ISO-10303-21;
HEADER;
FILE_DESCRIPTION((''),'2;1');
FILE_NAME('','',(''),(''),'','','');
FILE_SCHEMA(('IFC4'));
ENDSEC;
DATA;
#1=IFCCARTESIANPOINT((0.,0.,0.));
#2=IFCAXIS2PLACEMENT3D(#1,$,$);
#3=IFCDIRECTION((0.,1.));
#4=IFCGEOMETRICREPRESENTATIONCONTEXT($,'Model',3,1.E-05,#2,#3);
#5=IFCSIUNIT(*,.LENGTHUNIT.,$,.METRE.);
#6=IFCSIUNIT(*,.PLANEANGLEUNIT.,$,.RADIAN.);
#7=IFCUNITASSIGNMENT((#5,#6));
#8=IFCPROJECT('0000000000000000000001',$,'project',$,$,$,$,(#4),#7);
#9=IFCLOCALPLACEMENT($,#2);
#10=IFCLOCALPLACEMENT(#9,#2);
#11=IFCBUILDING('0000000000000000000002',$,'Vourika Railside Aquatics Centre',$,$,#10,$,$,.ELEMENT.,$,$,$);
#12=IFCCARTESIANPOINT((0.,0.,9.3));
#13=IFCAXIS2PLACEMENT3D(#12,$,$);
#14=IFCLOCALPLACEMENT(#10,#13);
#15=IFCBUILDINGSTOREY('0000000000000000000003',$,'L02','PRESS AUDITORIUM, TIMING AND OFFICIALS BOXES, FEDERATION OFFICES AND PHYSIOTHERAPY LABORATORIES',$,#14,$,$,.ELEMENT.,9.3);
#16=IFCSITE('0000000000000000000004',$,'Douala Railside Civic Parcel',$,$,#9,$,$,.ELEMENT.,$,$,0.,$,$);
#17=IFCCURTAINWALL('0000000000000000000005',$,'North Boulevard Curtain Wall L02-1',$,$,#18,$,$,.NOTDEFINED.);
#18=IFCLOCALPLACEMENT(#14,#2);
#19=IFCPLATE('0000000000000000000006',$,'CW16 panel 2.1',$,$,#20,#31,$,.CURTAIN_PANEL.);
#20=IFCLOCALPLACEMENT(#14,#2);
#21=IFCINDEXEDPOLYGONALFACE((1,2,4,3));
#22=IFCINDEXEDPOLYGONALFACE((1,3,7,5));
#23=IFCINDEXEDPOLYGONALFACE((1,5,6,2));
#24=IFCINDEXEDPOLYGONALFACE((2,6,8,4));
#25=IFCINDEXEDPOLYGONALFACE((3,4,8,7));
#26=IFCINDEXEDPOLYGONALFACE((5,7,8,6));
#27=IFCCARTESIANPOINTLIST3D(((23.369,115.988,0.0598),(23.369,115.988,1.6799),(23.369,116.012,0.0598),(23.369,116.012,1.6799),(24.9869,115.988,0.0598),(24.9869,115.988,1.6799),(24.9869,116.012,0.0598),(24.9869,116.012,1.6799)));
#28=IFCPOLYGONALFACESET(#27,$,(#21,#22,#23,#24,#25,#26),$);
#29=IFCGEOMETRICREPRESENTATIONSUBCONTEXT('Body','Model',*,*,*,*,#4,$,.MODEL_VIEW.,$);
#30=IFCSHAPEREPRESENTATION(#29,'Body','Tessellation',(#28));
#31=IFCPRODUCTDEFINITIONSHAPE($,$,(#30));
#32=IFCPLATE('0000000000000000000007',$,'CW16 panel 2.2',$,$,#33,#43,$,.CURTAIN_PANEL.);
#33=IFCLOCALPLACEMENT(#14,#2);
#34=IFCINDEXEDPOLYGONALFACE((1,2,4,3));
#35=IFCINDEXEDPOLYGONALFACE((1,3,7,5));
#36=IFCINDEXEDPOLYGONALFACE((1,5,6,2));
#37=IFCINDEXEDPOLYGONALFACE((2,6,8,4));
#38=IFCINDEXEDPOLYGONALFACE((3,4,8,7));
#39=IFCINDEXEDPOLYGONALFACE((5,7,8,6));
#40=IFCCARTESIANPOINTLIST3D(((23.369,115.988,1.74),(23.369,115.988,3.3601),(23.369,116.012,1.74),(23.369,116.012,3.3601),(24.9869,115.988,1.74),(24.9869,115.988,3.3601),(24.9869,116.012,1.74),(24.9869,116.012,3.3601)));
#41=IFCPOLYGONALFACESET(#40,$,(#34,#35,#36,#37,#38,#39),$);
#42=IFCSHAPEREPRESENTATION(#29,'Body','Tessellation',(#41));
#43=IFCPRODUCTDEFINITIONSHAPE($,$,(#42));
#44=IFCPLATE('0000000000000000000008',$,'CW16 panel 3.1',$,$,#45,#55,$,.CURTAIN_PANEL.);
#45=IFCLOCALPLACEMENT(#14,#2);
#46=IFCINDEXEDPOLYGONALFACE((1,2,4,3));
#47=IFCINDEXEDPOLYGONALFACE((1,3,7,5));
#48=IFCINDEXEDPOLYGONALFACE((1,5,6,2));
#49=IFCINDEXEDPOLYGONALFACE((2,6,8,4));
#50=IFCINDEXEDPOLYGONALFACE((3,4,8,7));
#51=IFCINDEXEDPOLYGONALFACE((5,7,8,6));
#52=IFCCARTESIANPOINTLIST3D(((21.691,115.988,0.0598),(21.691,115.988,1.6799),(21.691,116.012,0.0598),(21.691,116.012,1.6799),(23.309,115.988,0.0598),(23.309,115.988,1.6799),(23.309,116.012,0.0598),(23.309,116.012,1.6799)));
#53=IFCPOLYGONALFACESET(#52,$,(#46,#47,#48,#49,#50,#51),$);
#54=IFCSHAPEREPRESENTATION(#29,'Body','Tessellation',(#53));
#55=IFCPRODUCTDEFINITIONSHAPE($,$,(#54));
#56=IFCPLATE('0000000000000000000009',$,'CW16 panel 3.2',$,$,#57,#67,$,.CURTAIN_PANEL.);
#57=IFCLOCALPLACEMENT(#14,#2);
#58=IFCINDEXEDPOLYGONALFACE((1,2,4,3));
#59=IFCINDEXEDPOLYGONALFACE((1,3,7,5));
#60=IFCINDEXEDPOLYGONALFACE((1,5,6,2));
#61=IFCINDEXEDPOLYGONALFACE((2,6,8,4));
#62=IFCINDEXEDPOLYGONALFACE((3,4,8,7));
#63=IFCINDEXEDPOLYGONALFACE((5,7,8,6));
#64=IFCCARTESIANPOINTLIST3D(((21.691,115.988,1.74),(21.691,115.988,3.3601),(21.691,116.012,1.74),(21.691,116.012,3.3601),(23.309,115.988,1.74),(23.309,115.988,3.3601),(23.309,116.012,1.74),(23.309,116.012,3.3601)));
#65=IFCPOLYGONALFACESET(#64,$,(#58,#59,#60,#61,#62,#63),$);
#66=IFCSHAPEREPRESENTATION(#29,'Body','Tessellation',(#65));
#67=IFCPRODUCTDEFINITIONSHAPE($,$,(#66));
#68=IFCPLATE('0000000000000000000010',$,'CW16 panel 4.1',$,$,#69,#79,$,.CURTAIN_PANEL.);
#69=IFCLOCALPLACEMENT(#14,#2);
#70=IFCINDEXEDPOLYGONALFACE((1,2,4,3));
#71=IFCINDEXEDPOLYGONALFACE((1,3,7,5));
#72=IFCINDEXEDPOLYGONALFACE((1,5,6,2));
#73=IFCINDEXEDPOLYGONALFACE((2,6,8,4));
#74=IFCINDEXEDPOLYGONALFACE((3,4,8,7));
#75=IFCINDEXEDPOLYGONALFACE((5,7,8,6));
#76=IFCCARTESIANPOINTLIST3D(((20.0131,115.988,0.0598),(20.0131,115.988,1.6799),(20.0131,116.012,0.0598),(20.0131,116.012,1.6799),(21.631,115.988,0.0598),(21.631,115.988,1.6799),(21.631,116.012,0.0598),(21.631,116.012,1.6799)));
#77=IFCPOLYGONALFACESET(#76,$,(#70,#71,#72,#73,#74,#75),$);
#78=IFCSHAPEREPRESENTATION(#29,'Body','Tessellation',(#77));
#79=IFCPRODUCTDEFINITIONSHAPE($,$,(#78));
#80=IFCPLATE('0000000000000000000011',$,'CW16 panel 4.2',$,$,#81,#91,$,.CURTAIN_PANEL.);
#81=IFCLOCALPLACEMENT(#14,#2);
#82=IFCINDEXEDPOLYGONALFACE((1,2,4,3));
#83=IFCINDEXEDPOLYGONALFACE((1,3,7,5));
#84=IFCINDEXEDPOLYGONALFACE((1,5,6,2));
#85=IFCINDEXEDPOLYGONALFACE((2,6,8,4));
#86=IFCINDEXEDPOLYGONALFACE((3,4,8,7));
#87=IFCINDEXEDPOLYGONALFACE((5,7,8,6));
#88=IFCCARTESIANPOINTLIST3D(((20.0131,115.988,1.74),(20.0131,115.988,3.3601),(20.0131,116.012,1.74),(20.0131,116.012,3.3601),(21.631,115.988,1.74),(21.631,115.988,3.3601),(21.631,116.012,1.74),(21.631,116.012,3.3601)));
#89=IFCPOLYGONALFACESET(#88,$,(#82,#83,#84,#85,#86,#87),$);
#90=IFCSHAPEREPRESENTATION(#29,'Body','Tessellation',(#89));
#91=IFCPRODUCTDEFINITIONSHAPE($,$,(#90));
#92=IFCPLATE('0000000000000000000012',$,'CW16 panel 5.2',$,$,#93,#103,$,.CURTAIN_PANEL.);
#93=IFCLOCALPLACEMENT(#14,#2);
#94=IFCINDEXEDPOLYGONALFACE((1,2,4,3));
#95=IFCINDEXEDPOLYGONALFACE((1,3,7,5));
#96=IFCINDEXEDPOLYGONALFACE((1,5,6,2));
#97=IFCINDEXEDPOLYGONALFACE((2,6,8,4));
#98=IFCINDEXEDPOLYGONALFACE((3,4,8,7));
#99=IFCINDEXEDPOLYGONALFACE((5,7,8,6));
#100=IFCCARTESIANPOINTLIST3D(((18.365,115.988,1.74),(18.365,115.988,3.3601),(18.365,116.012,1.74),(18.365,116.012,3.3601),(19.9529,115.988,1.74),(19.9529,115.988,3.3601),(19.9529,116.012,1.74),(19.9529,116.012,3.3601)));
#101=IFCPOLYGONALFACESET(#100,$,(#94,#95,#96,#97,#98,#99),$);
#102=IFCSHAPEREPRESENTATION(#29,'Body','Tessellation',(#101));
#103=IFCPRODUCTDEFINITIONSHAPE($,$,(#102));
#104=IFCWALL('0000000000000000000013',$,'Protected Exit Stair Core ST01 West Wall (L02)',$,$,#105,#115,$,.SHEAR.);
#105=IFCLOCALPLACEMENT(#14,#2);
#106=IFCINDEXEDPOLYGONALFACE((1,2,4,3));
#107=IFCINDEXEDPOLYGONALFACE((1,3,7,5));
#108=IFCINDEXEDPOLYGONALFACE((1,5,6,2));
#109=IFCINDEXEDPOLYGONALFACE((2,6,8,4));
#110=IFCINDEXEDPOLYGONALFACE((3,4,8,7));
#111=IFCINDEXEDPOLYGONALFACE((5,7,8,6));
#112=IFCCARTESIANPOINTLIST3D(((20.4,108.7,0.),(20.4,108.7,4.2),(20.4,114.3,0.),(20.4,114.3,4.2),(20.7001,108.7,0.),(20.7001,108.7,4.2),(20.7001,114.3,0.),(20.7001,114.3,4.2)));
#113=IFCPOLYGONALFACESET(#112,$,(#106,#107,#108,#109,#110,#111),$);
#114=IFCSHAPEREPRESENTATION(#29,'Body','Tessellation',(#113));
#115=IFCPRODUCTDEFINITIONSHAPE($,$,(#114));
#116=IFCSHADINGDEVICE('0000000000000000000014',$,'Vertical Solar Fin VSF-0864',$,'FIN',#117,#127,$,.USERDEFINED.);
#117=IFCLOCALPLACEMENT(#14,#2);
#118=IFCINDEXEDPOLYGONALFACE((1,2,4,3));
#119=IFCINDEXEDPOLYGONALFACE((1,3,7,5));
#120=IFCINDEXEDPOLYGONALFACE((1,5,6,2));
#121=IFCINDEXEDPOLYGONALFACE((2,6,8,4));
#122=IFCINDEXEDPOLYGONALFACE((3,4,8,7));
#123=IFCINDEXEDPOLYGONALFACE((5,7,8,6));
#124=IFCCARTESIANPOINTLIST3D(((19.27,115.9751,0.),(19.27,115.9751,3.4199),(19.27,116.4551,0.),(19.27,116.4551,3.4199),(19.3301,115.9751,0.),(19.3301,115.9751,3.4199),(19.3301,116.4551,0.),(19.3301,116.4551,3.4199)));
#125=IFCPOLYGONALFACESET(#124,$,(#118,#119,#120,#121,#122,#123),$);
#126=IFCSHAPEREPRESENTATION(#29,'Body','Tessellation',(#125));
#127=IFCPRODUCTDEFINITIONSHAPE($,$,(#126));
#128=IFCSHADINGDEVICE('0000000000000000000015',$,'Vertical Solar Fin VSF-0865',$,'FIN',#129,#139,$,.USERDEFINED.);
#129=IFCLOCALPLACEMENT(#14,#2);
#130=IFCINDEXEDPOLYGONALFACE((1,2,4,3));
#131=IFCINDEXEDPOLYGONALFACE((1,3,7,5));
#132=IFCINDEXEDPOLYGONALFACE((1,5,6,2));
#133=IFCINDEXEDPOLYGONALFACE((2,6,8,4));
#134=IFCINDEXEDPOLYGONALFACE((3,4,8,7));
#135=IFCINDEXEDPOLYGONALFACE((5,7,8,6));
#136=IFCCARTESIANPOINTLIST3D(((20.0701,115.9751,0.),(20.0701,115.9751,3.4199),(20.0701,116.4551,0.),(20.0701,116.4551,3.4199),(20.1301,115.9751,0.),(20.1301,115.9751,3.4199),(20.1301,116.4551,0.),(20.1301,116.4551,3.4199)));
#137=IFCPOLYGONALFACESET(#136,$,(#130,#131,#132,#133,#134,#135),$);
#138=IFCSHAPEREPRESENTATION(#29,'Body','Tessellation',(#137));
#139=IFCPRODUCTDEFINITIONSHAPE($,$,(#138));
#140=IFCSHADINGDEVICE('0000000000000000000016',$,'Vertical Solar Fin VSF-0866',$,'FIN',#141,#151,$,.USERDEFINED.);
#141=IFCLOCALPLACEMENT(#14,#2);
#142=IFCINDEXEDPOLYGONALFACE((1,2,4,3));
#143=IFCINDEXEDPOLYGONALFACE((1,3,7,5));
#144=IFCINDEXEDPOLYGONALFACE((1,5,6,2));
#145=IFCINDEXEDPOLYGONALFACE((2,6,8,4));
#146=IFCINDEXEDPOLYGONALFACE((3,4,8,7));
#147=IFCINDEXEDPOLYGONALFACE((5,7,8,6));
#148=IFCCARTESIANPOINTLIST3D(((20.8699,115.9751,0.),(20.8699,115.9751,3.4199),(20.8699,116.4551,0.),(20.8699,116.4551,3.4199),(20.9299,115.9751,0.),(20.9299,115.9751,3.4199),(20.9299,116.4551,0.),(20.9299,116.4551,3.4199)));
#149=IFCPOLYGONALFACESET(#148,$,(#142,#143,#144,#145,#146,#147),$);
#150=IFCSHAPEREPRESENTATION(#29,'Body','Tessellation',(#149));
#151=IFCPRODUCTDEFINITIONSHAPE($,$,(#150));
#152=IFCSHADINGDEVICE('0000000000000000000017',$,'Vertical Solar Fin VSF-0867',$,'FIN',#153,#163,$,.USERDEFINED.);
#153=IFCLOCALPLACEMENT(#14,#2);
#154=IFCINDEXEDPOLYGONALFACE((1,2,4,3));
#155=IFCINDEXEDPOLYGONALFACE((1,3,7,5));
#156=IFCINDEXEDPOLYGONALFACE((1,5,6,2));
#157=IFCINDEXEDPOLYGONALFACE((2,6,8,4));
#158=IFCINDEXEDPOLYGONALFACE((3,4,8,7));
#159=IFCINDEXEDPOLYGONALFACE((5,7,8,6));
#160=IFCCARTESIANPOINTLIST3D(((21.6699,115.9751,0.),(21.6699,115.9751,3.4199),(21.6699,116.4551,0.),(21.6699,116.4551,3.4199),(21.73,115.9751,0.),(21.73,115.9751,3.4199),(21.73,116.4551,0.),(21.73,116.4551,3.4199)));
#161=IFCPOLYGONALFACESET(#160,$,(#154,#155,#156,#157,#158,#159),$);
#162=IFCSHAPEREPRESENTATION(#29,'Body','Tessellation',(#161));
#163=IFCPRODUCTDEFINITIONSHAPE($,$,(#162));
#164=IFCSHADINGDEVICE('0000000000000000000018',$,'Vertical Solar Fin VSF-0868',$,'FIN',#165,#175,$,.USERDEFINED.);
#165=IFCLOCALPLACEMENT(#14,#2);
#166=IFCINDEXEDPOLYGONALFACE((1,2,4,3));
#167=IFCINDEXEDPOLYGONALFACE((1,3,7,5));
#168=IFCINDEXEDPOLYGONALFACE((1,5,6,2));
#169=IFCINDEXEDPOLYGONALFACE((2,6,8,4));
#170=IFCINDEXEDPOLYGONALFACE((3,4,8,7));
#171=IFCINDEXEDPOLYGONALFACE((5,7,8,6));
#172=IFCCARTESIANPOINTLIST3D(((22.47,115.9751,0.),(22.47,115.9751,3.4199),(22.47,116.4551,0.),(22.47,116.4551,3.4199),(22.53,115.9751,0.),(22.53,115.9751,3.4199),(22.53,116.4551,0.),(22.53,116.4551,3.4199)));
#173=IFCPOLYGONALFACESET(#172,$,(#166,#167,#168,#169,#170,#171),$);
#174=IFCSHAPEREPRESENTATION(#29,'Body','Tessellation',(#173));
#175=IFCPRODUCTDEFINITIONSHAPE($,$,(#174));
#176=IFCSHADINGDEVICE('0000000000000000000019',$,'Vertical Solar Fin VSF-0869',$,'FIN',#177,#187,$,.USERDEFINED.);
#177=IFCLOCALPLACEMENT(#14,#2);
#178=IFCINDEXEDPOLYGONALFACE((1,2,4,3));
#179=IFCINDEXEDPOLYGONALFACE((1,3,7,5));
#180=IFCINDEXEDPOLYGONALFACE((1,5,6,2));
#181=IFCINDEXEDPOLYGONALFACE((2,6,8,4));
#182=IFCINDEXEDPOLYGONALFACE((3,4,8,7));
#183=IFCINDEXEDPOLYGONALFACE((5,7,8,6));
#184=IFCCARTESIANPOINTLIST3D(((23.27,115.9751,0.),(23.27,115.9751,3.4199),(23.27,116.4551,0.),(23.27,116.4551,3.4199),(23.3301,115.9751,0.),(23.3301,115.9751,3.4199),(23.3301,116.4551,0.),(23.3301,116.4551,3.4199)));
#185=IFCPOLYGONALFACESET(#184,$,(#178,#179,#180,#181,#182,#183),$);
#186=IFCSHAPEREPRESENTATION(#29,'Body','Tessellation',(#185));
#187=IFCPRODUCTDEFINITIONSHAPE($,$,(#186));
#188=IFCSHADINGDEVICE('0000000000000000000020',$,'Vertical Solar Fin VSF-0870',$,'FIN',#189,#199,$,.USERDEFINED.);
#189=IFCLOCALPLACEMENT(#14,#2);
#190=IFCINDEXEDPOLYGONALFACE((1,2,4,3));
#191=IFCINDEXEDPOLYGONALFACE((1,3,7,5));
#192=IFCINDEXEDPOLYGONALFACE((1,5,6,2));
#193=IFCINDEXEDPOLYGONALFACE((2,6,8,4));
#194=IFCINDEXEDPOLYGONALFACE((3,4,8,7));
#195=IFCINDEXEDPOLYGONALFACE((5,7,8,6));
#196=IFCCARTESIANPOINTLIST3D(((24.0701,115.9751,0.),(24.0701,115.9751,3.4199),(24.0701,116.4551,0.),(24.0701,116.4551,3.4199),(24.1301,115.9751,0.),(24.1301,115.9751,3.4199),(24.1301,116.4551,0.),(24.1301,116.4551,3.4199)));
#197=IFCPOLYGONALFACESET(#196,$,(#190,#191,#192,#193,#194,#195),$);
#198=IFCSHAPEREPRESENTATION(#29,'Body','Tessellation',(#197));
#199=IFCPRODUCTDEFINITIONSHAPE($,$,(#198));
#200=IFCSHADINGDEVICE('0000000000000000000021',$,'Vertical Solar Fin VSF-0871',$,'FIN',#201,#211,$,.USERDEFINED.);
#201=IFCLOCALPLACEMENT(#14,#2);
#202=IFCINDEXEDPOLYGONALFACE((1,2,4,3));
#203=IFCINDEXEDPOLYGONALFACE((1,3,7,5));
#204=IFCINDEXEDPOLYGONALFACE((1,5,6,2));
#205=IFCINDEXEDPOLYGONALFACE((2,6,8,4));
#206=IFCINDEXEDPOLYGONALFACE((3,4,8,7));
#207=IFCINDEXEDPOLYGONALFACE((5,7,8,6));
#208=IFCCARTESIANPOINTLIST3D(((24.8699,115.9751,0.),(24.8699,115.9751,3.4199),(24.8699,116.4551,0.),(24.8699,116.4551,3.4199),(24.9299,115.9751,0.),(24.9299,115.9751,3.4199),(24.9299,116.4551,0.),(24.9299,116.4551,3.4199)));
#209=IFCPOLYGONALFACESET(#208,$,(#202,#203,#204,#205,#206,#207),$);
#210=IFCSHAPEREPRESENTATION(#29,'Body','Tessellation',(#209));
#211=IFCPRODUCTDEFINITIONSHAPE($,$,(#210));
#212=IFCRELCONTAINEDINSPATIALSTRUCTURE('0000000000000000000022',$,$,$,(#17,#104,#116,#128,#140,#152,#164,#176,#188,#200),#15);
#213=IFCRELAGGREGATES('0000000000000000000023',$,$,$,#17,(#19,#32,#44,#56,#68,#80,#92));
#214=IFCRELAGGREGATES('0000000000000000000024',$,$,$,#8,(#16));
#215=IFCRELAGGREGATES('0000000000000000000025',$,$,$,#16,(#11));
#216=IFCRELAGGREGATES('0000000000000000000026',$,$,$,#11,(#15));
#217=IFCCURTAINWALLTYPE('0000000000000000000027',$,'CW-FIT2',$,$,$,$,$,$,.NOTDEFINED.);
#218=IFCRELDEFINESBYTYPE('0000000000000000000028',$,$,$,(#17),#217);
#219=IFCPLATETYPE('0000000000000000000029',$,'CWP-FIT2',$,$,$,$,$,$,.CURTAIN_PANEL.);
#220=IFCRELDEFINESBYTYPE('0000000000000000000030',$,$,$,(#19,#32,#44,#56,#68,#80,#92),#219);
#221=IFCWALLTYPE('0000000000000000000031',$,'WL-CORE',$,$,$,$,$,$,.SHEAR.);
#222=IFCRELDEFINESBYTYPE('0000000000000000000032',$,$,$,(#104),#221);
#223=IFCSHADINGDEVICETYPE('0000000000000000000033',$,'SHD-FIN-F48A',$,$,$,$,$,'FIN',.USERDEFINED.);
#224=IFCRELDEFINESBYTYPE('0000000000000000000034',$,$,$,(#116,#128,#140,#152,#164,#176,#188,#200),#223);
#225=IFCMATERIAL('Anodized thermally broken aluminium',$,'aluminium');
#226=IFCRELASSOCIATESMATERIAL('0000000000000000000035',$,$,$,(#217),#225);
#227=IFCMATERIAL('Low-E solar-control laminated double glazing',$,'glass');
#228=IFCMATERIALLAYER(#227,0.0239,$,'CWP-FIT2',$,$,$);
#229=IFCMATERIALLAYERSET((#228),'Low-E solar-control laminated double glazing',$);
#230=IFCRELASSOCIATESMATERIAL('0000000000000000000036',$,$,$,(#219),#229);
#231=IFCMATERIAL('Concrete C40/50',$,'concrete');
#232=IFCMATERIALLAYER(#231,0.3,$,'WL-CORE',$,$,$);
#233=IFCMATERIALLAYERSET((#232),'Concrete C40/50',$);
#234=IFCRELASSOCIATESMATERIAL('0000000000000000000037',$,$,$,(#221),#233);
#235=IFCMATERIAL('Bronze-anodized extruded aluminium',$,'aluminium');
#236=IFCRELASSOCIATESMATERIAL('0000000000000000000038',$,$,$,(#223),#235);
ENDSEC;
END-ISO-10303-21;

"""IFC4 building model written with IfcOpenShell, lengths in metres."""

from ifc_helpers import new_model, si_unit, direction, frame, frame_2d, origin, origin_2d, place, context, subcontext, project, spatial, rectangle, extrude, material, layer, layer_set, material_profile, profile_set, type_object, element, aggregate, save


model = new_model("IFC4")

# Units and contexts
model_context = context("Model", 3, precision=1e-05, world=origin(), true_north=direction((0.0, 1.0)))
body_context = subcontext(model_context, "Body", "Model", "MODEL_VIEW")
ifc_project = project(units=[si_unit("LENGTHUNIT", "METRE"), si_unit("PLANEANGLEUNIT", "RADIAN")], contexts=[model_context])

# Site, building, storey
site_placement = place(None, origin())
site = spatial("IfcSite", under=ifc_project, at=site_placement, Name="Douala Railside Civic Parcel", CompositionType="ELEMENT", RefElevation=0.0)
building_placement = place(site_placement, origin())
building = spatial("IfcBuilding", under=site, at=building_placement, Name="Vourika Railside Aquatics Centre", CompositionType="ELEMENT")
storey_placement = place(building_placement, frame((0.0, 0.0, 9.3)))
storey = spatial("IfcBuildingStorey", under=building, at=storey_placement, Name="L02", Description="PRESS AUDITORIUM, TIMING AND OFFICIALS BOXES, FEDERATION OFFICES AND PHYSIOTHERAPY LABORATORIES", CompositionType="ELEMENT", Elevation=9.3)

# Curtain wall, plates
ifc_material_1 = material(Name="Anodized thermally broken aluminium", Category="aluminium")
curtain_wall_type = type_object("IfcCurtainWallType", Name="CW-FIT2", PredefinedType="NOTDEFINED", material=ifc_material_1)
curtain_wall_placement = place(storey_placement, origin())
curtain_wall = element("IfcCurtainWall", 1, at=curtain_wall_placement, inside=storey, type_object=curtain_wall_type, Name="North Boulevard Curtain Wall L02-1", PredefinedType="NOTDEFINED")
ifc_material_2 = material(Name="Low-E solar-control laminated double glazing", Category="glass")
ifc_layer_1 = layer(ifc_material_2, 0.0239, Name="CWP-FIT2")
ifc_layer_set_1 = layer_set([ifc_layer_1], Name="Low-E solar-control laminated double glazing")
plate_type = type_object("IfcPlateType", Name="CWP-FIT2", PredefinedType="CURTAIN_PANEL", material=ifc_layer_set_1)
plate_1_placement = place(storey_placement, frame((24.178, 116.0, 0.0598), z_axis=(0.0, 0.0, 1.0), x_axis=(-1.0, 0.0, 0.0)))
plate_1 = element("IfcPlate", 2, at=plate_1_placement, type_object=plate_type, Name="CW16 panel 2.1", PredefinedType="CURTAIN_PANEL", context=body_context, shape_type="SweptSolid", body=[
    extrude(rectangle(XDim=1.6179, YDim=0.0239, at=origin_2d()), origin(), (0.0, 0.0, 1.0), 1.6201),
])
plate_2_placement = place(storey_placement, frame((24.178, 116.0, 1.74), z_axis=(0.0, 0.0, 1.0), x_axis=(-1.0, 0.0, 0.0)))
plate_2 = element("IfcPlate", 3, at=plate_2_placement, type_object=plate_type, Name="CW16 panel 2.2", PredefinedType="CURTAIN_PANEL", context=body_context, shape_type="SweptSolid", body=[
    extrude(rectangle(XDim=1.6179, YDim=0.0239, at=origin_2d()), origin(), (0.0, 0.0, 1.0), 1.6201),
])
plate_3_placement = place(storey_placement, frame((22.5, 116.0, 0.0598), z_axis=(0.0, 0.0, 1.0), x_axis=(-1.0, 0.0, 0.0)))
plate_3 = element("IfcPlate", 4, at=plate_3_placement, type_object=plate_type, Name="CW16 panel 3.1", PredefinedType="CURTAIN_PANEL", context=body_context, shape_type="SweptSolid", body=[
    extrude(rectangle(XDim=1.6179, YDim=0.0239, at=origin_2d()), origin(), (0.0, 0.0, 1.0), 1.6201),
])
plate_4_placement = place(storey_placement, frame((22.5, 116.0, 1.74), z_axis=(0.0, 0.0, 1.0), x_axis=(-1.0, 0.0, 0.0)))
plate_4 = element("IfcPlate", 5, at=plate_4_placement, type_object=plate_type, Name="CW16 panel 3.2", PredefinedType="CURTAIN_PANEL", context=body_context, shape_type="SweptSolid", body=[
    extrude(rectangle(XDim=1.6179, YDim=0.0239, at=origin_2d()), origin(), (0.0, 0.0, 1.0), 1.6201),
])
plate_5_placement = place(storey_placement, frame((20.822, 116.0, 0.0598), z_axis=(0.0, 0.0, 1.0), x_axis=(-1.0, 0.0, 0.0)))
plate_5 = element("IfcPlate", 6, at=plate_5_placement, type_object=plate_type, Name="CW16 panel 4.1", PredefinedType="CURTAIN_PANEL", context=body_context, shape_type="SweptSolid", body=[
    extrude(rectangle(XDim=1.6179, YDim=0.0239, at=origin_2d()), origin(), (0.0, 0.0, 1.0), 1.6201),
])
plate_6_placement = place(storey_placement, frame((20.822, 116.0, 1.74), z_axis=(0.0, 0.0, 1.0), x_axis=(-1.0, 0.0, 0.0)))
plate_6 = element("IfcPlate", 7, at=plate_6_placement, type_object=plate_type, Name="CW16 panel 4.2", PredefinedType="CURTAIN_PANEL", context=body_context, shape_type="SweptSolid", body=[
    extrude(rectangle(XDim=1.6179, YDim=0.0239, at=origin_2d()), origin(), (0.0, 0.0, 1.0), 1.6201),
])
plate_7_placement = place(storey_placement, frame((19.1589, 116.0, 1.74), z_axis=(0.0, 0.0, 1.0), x_axis=(-1.0, 0.0, 0.0)))
plate_7 = element("IfcPlate", 8, at=plate_7_placement, type_object=plate_type, Name="CW16 panel 5.2", PredefinedType="CURTAIN_PANEL", context=body_context, shape_type="SweptSolid", body=[
    extrude(rectangle(XDim=1.5879, YDim=0.0239, at=origin_2d()), origin(), (0.0, 0.0, 1.0), 1.6201),
])
aggregate(curtain_wall, [plate_1, plate_2, plate_3, plate_4, plate_5, plate_6, plate_7])

# Wall
ifc_material_3 = material(Name="Concrete C40/50", Category="concrete")
ifc_layer_2 = layer(ifc_material_3, 0.3, Name="WL-CORE")
ifc_layer_set_2 = layer_set([ifc_layer_2], Name="Concrete C40/50")
wall_type = type_object("IfcWallType", Name="WL-CORE", PredefinedType="SHEAR", material=ifc_layer_set_2)
wall_placement = place(storey_placement, frame((20.55, 114.3, 0.0), z_axis=(0.0, 0.0, 1.0), x_axis=(0.0, -1.0, 0.0)))
element("IfcWall", 9, at=wall_placement, inside=storey, type_object=wall_type, Name="Protected Exit Stair Core ST01 West Wall (L02)", PredefinedType="SHEAR", context=body_context, shape_type="SweptSolid", body=[
    extrude(rectangle(XDim=5.6001, YDim=0.3, at=frame_2d((2.8, 0.0))), origin(), (0.0, 0.0, 1.0), 4.2),
])

# Shading devices
ifc_material_4 = material(Name="Bronze-anodized extruded aluminium", Category="aluminium")
ifc_material_profile_1 = material_profile(ifc_material_4, rectangle(XDim=0.0601, YDim=0.48, at=origin_2d()), Name="ALU-FIN 60x480")
ifc_profile_set_1 = profile_set([ifc_material_profile_1], Name="Bronze-anodized extruded aluminium")
shading_device_type = type_object("IfcShadingDeviceType", Name="SHD-FIN-F48A", ElementType="FIN", PredefinedType="USERDEFINED", material=ifc_profile_set_1)
for number, where, z_axis, x_axis, name in (
    (10, (19.3, 116.2151, 0.0), (0.0, 0.0, 1.0), (1.0, 0.0, 0.0), "Vertical Solar Fin VSF-0864"),
    (11, (20.1001, 116.2151, 0.0), (0.0, 0.0, 1.0), (1.0, 0.0, 0.0), "Vertical Solar Fin VSF-0865"),
    (12, (20.8999, 116.2151, 0.0), (0.0, 0.0, 1.0), (1.0, 0.0, 0.0), "Vertical Solar Fin VSF-0866"),
    (13, (21.7, 116.2151, 0.0), (0.0, 0.0, 1.0), (1.0, 0.0, 0.0), "Vertical Solar Fin VSF-0867"),
    (14, (22.5, 116.2151, 0.0), (0.0, 0.0, 1.0), (1.0, 0.0, 0.0), "Vertical Solar Fin VSF-0868"),
    (15, (23.3, 116.2151, 0.0), (0.0, 0.0, 1.0), (1.0, 0.0, 0.0), "Vertical Solar Fin VSF-0869"),
    (16, (24.1001, 116.2151, 0.0), (0.0, 0.0, 1.0), (1.0, 0.0, 0.0), "Vertical Solar Fin VSF-0870"),
    (17, (24.8999, 116.2151, 0.0), (0.0, 0.0, 1.0), (1.0, 0.0, 0.0), "Vertical Solar Fin VSF-0871"),
):
    element("IfcShadingDevice", number, at=place(storey_placement, frame(where, z_axis=z_axis, x_axis=x_axis)), inside=storey, type_object=shading_device_type, Name=name, ObjectType="FIN", PredefinedType="USERDEFINED", context=body_context, shape_type="SweptSolid", body=[
        extrude(rectangle(XDim=0.0601, YDim=0.48, at=origin_2d()), origin(), (0.0, 0.0, 1.0), 3.4199),
    ])

save(model, "model.ifc")
